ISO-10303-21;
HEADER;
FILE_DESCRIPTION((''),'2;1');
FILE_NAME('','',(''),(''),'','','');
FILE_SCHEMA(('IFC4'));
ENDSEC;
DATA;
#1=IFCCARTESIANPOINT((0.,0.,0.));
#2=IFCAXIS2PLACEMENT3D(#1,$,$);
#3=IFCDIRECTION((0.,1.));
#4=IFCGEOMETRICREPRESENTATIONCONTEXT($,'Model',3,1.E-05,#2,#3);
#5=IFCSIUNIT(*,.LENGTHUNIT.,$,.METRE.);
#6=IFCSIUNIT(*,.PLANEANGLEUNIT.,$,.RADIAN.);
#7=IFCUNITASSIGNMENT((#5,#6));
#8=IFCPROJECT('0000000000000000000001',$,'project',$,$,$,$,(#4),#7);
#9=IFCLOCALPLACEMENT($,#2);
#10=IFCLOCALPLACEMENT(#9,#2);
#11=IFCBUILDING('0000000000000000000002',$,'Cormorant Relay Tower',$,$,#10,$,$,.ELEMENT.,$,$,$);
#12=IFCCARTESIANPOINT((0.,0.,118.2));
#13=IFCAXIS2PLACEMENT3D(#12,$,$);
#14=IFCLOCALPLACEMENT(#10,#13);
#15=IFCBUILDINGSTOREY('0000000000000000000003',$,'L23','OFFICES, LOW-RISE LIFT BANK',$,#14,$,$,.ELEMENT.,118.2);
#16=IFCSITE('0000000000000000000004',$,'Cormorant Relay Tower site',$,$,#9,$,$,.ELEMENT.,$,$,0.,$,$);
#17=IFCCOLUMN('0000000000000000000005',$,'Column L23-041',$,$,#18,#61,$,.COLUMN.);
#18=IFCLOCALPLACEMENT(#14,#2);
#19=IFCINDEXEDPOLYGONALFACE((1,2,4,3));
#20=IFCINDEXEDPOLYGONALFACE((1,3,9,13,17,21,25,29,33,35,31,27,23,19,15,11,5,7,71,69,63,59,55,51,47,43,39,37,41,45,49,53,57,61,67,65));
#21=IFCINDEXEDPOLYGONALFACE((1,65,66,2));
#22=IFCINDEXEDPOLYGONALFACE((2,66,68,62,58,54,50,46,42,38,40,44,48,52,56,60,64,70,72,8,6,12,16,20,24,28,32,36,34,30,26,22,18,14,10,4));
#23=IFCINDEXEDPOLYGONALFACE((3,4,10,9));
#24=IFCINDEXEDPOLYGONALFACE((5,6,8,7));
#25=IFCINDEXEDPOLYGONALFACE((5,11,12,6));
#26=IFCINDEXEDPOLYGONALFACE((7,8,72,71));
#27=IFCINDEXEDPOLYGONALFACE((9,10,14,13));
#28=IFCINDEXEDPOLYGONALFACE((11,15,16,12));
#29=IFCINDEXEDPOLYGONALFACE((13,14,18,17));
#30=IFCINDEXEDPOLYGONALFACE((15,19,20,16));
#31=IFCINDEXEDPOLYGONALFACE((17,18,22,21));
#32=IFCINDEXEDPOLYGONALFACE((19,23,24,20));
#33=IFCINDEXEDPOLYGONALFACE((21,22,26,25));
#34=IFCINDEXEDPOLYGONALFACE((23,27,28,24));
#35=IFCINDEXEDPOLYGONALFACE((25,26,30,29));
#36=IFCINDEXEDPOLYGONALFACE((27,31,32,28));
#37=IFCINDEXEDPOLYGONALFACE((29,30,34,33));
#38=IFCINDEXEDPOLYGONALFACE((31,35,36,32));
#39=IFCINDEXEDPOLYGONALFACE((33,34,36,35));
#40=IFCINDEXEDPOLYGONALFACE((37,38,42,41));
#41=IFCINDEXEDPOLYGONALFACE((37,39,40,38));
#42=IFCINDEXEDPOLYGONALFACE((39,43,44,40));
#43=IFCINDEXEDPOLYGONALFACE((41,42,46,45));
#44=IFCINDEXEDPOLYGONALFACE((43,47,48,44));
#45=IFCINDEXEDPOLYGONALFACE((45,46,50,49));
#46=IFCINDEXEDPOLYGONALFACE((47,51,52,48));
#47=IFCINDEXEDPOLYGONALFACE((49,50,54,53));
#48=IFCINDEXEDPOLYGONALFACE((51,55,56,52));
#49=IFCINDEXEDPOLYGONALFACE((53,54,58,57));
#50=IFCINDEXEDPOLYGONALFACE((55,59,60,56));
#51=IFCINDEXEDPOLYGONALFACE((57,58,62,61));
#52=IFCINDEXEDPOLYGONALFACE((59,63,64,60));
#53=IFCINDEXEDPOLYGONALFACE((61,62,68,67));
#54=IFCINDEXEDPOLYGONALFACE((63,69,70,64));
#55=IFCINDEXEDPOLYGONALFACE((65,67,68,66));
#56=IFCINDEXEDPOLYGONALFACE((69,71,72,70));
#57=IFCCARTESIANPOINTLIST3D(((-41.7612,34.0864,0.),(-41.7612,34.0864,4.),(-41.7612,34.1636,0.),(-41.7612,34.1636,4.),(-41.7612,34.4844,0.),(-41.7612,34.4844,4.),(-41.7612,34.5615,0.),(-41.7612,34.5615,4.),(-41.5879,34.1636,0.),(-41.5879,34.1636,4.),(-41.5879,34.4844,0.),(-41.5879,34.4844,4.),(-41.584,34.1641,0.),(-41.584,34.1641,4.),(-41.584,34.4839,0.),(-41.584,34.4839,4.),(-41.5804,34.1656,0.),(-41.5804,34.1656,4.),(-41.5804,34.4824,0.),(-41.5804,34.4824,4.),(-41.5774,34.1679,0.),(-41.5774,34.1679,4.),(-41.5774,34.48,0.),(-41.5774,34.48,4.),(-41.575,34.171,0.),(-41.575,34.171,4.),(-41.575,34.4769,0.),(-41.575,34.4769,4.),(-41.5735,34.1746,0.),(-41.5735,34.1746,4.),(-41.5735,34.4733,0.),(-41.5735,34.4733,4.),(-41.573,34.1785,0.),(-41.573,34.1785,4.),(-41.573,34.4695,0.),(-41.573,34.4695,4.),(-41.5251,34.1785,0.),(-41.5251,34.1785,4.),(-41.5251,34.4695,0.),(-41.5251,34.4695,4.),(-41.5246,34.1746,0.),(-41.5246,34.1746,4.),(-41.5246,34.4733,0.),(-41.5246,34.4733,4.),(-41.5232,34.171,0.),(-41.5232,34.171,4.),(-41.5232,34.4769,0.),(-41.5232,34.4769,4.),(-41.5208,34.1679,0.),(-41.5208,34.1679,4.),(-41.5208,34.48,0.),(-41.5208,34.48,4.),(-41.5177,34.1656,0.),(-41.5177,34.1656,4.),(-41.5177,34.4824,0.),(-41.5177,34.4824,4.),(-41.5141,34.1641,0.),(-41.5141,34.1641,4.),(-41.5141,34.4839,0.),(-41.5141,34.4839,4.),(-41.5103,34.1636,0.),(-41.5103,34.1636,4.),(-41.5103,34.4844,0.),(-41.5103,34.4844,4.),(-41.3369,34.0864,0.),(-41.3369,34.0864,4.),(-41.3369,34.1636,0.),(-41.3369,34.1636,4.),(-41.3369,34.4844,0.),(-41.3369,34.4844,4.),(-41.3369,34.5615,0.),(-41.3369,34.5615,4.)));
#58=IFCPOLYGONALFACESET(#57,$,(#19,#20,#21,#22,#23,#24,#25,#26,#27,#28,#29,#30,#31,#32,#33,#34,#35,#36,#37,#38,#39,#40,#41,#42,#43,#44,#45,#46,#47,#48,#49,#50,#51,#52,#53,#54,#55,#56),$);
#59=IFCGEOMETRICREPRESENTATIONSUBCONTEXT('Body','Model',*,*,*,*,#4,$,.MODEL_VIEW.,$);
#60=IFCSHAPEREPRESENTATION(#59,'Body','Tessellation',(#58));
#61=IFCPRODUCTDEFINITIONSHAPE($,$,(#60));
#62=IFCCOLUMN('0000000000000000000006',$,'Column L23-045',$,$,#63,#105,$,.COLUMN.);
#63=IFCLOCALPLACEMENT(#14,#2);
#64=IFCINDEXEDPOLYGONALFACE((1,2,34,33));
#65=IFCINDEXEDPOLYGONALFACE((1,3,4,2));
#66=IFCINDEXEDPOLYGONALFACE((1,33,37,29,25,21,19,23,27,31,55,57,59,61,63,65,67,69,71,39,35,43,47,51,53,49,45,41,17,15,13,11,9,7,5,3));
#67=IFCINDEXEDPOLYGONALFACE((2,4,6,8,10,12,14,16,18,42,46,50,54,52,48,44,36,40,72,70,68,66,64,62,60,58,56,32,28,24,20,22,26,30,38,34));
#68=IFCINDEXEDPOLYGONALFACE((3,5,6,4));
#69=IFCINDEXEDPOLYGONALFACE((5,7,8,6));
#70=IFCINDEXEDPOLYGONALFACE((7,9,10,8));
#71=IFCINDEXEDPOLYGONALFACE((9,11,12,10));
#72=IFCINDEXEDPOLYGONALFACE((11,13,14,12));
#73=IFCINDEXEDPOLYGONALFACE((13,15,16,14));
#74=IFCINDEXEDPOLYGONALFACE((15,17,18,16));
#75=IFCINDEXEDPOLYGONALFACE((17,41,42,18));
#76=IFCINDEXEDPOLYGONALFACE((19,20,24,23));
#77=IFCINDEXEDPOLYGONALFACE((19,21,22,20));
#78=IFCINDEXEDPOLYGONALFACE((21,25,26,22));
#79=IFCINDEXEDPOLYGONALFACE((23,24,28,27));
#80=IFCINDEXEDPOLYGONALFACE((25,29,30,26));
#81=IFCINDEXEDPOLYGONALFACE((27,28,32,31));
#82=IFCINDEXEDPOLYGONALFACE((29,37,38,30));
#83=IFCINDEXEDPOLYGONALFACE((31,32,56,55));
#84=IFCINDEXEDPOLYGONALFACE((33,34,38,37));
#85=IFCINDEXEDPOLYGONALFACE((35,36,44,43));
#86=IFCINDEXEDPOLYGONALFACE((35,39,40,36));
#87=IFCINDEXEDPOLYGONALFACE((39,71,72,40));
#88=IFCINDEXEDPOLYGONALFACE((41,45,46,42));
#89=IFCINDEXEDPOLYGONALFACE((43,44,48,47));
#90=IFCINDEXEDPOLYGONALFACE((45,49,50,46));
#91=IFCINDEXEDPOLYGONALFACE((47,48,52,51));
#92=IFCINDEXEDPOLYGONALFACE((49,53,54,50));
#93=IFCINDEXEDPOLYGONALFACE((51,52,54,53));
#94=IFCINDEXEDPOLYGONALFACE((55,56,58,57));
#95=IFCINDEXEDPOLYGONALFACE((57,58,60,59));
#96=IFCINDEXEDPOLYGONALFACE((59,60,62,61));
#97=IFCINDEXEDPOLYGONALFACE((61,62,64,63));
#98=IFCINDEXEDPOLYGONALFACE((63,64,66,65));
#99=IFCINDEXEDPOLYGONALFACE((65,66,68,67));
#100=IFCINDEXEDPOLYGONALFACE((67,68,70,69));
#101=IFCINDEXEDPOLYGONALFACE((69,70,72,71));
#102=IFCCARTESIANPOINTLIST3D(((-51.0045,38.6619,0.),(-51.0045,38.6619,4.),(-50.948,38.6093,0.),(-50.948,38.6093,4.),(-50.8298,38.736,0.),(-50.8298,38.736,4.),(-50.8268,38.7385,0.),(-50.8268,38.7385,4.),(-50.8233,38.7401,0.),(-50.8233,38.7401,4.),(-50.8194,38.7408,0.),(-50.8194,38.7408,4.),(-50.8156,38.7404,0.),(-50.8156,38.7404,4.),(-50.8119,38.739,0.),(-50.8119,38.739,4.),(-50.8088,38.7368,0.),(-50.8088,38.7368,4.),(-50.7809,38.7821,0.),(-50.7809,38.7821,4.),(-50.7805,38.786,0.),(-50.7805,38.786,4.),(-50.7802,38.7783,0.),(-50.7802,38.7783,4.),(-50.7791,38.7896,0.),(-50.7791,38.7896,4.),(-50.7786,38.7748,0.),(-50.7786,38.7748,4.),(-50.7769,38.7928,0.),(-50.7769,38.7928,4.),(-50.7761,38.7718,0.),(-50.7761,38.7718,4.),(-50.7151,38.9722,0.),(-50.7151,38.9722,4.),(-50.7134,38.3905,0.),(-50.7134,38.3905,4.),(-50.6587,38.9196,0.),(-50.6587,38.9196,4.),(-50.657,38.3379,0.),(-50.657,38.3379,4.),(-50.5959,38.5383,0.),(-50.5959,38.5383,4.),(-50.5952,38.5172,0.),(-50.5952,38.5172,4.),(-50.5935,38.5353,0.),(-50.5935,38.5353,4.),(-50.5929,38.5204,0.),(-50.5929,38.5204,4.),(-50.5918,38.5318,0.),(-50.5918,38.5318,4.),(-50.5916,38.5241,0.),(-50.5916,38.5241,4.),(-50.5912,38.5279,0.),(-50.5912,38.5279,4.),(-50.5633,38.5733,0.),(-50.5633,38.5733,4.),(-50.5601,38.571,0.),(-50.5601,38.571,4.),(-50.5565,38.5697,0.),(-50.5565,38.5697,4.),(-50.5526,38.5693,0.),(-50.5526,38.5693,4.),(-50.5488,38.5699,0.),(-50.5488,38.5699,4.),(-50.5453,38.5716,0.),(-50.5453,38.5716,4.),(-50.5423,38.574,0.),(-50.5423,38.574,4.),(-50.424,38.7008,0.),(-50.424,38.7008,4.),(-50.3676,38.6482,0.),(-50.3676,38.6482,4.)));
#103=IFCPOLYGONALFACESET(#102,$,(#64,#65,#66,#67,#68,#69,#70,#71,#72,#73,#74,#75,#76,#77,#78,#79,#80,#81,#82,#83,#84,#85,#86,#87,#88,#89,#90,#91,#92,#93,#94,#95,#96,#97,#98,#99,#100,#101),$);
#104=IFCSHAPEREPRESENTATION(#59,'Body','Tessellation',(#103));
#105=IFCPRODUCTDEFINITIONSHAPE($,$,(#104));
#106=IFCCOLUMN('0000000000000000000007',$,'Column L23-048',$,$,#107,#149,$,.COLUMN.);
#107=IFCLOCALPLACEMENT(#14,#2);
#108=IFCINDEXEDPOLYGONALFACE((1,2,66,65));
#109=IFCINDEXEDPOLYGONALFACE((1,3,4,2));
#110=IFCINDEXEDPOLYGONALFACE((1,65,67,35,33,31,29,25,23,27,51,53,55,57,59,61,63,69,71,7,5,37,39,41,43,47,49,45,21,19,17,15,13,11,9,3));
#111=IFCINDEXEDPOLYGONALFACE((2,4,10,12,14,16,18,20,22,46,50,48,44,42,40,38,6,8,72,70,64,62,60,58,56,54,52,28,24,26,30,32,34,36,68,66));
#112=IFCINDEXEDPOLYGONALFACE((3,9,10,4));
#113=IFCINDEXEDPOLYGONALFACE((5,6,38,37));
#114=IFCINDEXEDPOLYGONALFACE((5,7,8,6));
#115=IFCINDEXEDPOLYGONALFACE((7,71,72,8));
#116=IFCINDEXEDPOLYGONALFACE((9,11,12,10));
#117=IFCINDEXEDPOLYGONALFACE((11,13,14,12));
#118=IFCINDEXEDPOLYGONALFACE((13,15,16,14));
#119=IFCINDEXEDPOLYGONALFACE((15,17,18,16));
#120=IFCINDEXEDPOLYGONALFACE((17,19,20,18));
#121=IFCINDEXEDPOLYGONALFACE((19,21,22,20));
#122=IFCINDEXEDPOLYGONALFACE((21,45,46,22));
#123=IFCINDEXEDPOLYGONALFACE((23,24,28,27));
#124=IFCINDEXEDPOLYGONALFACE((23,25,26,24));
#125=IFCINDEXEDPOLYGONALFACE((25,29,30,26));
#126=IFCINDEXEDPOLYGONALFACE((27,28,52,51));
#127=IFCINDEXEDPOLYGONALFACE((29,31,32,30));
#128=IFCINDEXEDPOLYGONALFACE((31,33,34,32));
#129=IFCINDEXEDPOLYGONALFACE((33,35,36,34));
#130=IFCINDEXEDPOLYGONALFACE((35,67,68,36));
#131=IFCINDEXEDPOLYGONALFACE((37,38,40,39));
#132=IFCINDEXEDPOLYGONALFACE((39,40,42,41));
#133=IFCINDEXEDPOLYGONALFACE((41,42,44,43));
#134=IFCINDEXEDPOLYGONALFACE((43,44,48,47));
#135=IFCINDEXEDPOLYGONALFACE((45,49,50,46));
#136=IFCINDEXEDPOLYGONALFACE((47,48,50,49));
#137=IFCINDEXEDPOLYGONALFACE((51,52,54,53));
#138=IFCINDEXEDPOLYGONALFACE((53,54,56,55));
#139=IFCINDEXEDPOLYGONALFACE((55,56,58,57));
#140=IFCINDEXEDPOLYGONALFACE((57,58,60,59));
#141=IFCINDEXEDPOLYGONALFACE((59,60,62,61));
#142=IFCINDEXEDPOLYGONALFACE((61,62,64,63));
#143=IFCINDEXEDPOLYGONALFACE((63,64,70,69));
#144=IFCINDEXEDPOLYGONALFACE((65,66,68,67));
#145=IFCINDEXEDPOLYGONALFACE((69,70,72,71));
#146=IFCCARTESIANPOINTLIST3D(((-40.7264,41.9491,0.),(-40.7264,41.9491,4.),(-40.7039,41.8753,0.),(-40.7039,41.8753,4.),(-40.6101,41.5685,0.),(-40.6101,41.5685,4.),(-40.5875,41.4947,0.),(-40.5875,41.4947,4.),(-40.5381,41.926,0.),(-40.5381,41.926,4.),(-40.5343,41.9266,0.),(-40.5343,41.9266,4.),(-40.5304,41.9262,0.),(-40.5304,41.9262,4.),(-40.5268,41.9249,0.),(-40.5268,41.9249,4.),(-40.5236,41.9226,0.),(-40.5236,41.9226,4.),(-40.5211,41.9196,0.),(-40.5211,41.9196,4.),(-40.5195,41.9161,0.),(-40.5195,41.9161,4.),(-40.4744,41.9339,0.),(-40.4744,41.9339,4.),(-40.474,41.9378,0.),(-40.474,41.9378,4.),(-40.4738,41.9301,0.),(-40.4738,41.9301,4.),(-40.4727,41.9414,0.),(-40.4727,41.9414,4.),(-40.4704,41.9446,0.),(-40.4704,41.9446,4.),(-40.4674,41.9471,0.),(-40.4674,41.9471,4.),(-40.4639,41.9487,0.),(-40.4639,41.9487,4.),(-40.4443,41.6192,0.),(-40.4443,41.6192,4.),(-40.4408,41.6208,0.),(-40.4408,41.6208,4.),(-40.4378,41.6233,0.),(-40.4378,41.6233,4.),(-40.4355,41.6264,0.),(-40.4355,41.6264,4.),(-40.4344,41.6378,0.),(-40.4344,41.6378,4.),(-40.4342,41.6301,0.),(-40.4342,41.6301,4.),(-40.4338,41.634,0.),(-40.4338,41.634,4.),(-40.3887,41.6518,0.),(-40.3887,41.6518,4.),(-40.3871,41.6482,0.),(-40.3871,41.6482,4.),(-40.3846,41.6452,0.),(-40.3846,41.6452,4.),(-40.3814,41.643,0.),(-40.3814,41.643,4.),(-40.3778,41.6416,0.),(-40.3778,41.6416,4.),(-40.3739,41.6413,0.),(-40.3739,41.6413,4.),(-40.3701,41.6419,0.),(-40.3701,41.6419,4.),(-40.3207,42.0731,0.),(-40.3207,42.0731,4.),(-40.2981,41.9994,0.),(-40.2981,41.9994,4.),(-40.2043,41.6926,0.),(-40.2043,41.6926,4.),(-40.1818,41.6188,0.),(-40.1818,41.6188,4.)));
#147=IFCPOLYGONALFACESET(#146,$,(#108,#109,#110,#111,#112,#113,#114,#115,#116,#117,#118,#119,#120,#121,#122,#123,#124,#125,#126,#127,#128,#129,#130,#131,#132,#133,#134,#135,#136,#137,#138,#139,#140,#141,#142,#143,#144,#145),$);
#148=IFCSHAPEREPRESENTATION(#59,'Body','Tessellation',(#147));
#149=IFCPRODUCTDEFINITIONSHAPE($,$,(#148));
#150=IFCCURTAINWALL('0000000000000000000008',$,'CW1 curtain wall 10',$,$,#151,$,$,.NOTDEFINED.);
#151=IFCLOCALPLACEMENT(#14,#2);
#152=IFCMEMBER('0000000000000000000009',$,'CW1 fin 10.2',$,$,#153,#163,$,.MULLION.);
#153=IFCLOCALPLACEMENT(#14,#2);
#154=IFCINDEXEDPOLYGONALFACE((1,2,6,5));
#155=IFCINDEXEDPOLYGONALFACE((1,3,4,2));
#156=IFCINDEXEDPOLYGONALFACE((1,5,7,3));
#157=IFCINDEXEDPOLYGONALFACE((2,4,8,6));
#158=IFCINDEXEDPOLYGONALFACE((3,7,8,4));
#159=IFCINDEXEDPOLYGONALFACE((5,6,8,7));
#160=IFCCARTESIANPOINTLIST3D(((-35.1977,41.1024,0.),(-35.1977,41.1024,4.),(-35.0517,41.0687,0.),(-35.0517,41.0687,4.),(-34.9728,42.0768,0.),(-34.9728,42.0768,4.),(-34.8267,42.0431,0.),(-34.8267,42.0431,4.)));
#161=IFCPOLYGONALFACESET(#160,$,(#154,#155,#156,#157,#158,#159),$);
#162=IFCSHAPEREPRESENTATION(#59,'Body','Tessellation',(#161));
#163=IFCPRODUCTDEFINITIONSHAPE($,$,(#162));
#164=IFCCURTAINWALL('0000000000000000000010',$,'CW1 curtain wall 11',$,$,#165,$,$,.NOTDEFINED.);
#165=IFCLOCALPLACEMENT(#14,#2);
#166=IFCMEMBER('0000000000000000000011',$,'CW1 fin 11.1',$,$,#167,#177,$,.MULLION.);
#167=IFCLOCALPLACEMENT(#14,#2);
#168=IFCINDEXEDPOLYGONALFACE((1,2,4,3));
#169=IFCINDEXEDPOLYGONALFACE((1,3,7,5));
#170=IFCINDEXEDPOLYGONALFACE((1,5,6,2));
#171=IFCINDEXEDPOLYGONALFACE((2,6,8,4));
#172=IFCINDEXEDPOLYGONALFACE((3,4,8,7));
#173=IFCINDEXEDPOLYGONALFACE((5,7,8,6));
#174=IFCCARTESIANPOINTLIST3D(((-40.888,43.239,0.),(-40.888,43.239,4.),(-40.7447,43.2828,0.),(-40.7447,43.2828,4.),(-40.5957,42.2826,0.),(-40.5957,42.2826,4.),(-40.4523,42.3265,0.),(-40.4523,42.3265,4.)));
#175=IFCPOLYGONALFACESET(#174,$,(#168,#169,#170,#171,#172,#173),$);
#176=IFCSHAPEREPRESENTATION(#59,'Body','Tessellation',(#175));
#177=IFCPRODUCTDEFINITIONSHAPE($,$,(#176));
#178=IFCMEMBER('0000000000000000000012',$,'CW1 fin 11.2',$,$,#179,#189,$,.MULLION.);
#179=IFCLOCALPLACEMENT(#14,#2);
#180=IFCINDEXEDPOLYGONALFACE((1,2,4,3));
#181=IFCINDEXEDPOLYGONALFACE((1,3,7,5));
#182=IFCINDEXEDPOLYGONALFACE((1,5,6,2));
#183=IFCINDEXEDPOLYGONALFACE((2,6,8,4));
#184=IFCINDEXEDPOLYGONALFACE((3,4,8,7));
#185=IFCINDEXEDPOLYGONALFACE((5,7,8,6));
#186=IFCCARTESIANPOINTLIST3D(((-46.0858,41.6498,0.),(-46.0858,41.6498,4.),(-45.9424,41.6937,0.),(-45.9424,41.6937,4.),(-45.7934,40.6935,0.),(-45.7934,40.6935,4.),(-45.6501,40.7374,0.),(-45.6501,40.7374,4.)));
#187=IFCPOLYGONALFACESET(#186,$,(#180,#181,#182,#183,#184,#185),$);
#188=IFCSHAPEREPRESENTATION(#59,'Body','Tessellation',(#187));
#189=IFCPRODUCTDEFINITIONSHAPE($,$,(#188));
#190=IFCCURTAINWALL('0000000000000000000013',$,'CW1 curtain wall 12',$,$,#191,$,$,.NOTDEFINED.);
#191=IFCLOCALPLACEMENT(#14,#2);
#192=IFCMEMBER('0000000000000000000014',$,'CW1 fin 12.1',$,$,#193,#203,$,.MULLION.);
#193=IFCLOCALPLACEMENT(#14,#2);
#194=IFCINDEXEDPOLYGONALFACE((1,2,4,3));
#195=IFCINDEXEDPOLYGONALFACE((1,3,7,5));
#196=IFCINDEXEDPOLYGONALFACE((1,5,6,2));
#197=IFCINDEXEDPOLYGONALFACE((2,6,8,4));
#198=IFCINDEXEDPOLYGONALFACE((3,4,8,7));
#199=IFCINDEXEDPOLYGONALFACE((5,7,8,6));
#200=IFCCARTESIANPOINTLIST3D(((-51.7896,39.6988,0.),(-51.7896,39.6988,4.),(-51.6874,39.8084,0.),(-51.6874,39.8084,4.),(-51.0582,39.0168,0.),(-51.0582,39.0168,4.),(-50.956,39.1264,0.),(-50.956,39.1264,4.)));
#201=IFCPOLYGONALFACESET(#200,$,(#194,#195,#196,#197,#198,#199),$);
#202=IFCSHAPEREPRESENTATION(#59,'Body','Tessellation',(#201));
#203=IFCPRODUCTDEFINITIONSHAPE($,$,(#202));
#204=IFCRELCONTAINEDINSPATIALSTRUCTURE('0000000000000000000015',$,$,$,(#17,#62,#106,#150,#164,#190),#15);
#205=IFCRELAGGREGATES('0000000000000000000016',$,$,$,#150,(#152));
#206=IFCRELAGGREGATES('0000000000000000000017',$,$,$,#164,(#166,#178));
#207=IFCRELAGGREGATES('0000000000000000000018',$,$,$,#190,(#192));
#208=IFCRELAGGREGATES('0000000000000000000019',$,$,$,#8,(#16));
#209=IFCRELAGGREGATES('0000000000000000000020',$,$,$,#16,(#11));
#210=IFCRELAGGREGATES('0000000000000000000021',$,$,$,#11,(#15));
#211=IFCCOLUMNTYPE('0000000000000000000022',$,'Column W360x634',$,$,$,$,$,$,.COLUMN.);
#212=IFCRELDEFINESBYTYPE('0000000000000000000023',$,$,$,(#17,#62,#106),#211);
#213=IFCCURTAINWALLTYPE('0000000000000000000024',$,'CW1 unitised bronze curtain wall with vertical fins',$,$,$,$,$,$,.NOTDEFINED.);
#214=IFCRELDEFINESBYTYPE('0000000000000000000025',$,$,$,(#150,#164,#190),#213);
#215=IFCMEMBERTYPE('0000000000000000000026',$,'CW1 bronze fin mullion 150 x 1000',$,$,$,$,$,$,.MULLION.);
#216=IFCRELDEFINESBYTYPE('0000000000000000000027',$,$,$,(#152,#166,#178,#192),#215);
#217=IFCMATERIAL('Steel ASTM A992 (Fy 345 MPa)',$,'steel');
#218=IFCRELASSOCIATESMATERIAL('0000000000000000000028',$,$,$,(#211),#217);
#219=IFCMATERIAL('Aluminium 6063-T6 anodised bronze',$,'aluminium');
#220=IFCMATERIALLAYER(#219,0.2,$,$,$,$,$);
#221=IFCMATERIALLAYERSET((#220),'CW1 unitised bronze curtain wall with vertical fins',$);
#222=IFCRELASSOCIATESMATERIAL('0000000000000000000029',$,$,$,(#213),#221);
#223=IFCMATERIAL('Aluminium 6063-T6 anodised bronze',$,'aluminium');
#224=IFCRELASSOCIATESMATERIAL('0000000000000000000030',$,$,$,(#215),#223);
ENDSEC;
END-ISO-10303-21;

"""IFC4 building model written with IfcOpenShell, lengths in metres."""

from ifc_helpers import new_model, si_unit, direction, frame, origin, origin_2d, place, context, subcontext, project, spatial, rectangle, i_section, extrude, material, layer, layer_set, material_profile, profile_set, type_object, element, aggregate, save


model = new_model("IFC4")

# Units and contexts
model_context = context("Model", 3, precision=1e-05, world=origin(), true_north=direction((0.0, 1.0)))
body_context = subcontext(model_context, "Body", "Model", "MODEL_VIEW")
ifc_project = project(units=[si_unit("LENGTHUNIT", "METRE"), si_unit("PLANEANGLEUNIT", "RADIAN")], contexts=[model_context])

# Site, building, storey
site_placement = place(None, origin())
site = spatial("IfcSite", under=ifc_project, at=site_placement, Name="Cormorant Relay Tower site", CompositionType="ELEMENT", RefElevation=0.0)
building_placement = place(site_placement, origin())
building = spatial("IfcBuilding", under=site, at=building_placement, Name="Cormorant Relay Tower", CompositionType="ELEMENT")
storey_placement = place(building_placement, frame((0.0, 0.0, 118.2)))
storey = spatial("IfcBuildingStorey", under=building, at=storey_placement, Name="L23", Description="OFFICES, LOW-RISE LIFT BANK", CompositionType="ELEMENT", Elevation=118.2)

# Columns
ifc_material_1 = material(Name="Steel ASTM A992 (Fy 345 MPa)", Category="steel")
ifc_material_profile_1 = material_profile(ifc_material_1, i_section(OverallWidth=0.4243, OverallDepth=0.4751, WebThickness=0.0479, FlangeThickness=0.0771, FilletRadius=0.0149, at=origin_2d()), Name="W360x634")
ifc_profile_set_1 = profile_set([ifc_material_profile_1], Name="Steel ASTM A992 (Fy 345 MPa)")
column_type = type_object("IfcColumnType", Name="Column W360x634", PredefinedType="COLUMN", material=ifc_profile_set_1)
for number, where, z_axis, x_axis, name in (
    (1, (-41.5491, 34.324, 0.0), (0.0, 0.0, 1.0), (1.0, 0.0, 0.0), "Column L23-041"),
    (2, (-50.686, 38.655, 0.0), (0.0, 0.0, 1.0), (-0.681998, -0.731354, 0.0), "Column L23-045"),
    (3, (-40.4541, 41.7839, 0.0), (0.0, 0.0, 1.0), (-0.956305, -0.292372, 0.0), "Column L23-048"),
):
    element("IfcColumn", number, at=place(storey_placement, frame(where, z_axis=z_axis, x_axis=x_axis)), inside=storey, type_object=column_type, Name=name, PredefinedType="COLUMN", context=body_context, shape_type="SweptSolid", body=[
        extrude(i_section(OverallWidth=0.4243, OverallDepth=0.4751, WebThickness=0.0479, FlangeThickness=0.0771, FilletRadius=0.0149, at=origin_2d()), origin(), (0.0, 0.0, 1.0), 4.0),
    ])

# Curtain wall, member
ifc_material_2 = material(Name="Aluminium 6063-T6 anodised bronze", Category="aluminium")
ifc_layer_1 = layer(ifc_material_2, 0.2)
ifc_layer_set_1 = layer_set([ifc_layer_1], Name="CW1 unitised bronze curtain wall with vertical fins")
curtain_wall_type = type_object("IfcCurtainWallType", Name="CW1 unitised bronze curtain wall with vertical fins", PredefinedType="NOTDEFINED", material=ifc_layer_set_1)
curtain_wall_1_placement = place(storey_placement, origin())
curtain_wall_1 = element("IfcCurtainWall", 4, at=curtain_wall_1_placement, inside=storey, type_object=curtain_wall_type, Name="CW1 curtain wall 10", PredefinedType="NOTDEFINED")
ifc_material_3 = material(Name="Aluminium 6063-T6 anodised bronze", Category="aluminium")
ifc_material_profile_2 = material_profile(ifc_material_3, rectangle(XDim=0.1499, YDim=1.0, at=origin_2d()), Name="AL 150x1000")
ifc_profile_set_2 = profile_set([ifc_material_profile_2], Name="Aluminium 6063-T6 anodised bronze")
member_type_1 = type_object("IfcMemberType", Name="CW1 bronze fin mullion 150 x 1000", PredefinedType="MULLION", material=ifc_profile_set_2)
member_1_placement = place(storey_placement, frame((-35.0122, 41.5728, 0.0), z_axis=(0.0, 0.0, 1.0), x_axis=(-0.97437, 0.224951, 0.0)))
member_1 = element("IfcMember", 5, at=member_1_placement, type_object=member_type_1, Name="CW1 fin 10.2", PredefinedType="MULLION", context=body_context, shape_type="SweptSolid", body=[
    extrude(rectangle(XDim=0.1499, YDim=1.0, at=origin_2d()), origin(), (0.0, 0.0, 1.0), 4.0),
])

# Curtain walls, members
curtain_wall_2_placement = place(storey_placement, origin())
curtain_wall_2 = element("IfcCurtainWall", 6, at=curtain_wall_2_placement, inside=storey, type_object=curtain_wall_type, Name="CW1 curtain wall 11", PredefinedType="NOTDEFINED")
member_2_placement = place(storey_placement, frame((-40.6702, 42.7827, 0.0), z_axis=(0.0, 0.0, 1.0), x_axis=(-0.956305, -0.292372, 0.0)))
member_2 = element("IfcMember", 7, at=member_2_placement, type_object=member_type_1, Name="CW1 fin 11.1", PredefinedType="MULLION", context=body_context, shape_type="SweptSolid", body=[
    extrude(rectangle(XDim=0.1499, YDim=1.0, at=origin_2d()), origin(), (0.0, 0.0, 1.0), 4.0),
])
member_3_placement = place(storey_placement, frame((-45.8679, 41.1936, 0.0), z_axis=(0.0, 0.0, 1.0), x_axis=(-0.956305, -0.292372, 0.0)))
member_3 = element("IfcMember", 8, at=member_3_placement, type_object=member_type_1, Name="CW1 fin 11.2", PredefinedType="MULLION", context=body_context, shape_type="SweptSolid", body=[
    extrude(rectangle(XDim=0.1499, YDim=1.0, at=origin_2d()), origin(), (0.0, 0.0, 1.0), 4.0),
])
curtain_wall_3_placement = place(storey_placement, origin())
curtain_wall_3 = element("IfcCurtainWall", 9, at=curtain_wall_3_placement, inside=storey, type_object=curtain_wall_type, Name="CW1 curtain wall 12", PredefinedType="NOTDEFINED")
member_4_placement = place(storey_placement, frame((-51.3728, 39.4126, 0.0), z_axis=(0.0, 0.0, 1.0), x_axis=(-0.681998, -0.731354, 0.0)))
member_4 = element("IfcMember", 10, at=member_4_placement, type_object=member_type_1, Name="CW1 fin 12.1", PredefinedType="MULLION", context=body_context, shape_type="SweptSolid", body=[
    extrude(rectangle(XDim=0.1499, YDim=1.0, at=origin_2d()), origin(), (0.0, 0.0, 1.0), 4.0),
])

aggregate(curtain_wall_1, [member_1])
aggregate(curtain_wall_2, [member_2, member_3])
aggregate(curtain_wall_3, [member_4])

save(model, "model.ifc")
